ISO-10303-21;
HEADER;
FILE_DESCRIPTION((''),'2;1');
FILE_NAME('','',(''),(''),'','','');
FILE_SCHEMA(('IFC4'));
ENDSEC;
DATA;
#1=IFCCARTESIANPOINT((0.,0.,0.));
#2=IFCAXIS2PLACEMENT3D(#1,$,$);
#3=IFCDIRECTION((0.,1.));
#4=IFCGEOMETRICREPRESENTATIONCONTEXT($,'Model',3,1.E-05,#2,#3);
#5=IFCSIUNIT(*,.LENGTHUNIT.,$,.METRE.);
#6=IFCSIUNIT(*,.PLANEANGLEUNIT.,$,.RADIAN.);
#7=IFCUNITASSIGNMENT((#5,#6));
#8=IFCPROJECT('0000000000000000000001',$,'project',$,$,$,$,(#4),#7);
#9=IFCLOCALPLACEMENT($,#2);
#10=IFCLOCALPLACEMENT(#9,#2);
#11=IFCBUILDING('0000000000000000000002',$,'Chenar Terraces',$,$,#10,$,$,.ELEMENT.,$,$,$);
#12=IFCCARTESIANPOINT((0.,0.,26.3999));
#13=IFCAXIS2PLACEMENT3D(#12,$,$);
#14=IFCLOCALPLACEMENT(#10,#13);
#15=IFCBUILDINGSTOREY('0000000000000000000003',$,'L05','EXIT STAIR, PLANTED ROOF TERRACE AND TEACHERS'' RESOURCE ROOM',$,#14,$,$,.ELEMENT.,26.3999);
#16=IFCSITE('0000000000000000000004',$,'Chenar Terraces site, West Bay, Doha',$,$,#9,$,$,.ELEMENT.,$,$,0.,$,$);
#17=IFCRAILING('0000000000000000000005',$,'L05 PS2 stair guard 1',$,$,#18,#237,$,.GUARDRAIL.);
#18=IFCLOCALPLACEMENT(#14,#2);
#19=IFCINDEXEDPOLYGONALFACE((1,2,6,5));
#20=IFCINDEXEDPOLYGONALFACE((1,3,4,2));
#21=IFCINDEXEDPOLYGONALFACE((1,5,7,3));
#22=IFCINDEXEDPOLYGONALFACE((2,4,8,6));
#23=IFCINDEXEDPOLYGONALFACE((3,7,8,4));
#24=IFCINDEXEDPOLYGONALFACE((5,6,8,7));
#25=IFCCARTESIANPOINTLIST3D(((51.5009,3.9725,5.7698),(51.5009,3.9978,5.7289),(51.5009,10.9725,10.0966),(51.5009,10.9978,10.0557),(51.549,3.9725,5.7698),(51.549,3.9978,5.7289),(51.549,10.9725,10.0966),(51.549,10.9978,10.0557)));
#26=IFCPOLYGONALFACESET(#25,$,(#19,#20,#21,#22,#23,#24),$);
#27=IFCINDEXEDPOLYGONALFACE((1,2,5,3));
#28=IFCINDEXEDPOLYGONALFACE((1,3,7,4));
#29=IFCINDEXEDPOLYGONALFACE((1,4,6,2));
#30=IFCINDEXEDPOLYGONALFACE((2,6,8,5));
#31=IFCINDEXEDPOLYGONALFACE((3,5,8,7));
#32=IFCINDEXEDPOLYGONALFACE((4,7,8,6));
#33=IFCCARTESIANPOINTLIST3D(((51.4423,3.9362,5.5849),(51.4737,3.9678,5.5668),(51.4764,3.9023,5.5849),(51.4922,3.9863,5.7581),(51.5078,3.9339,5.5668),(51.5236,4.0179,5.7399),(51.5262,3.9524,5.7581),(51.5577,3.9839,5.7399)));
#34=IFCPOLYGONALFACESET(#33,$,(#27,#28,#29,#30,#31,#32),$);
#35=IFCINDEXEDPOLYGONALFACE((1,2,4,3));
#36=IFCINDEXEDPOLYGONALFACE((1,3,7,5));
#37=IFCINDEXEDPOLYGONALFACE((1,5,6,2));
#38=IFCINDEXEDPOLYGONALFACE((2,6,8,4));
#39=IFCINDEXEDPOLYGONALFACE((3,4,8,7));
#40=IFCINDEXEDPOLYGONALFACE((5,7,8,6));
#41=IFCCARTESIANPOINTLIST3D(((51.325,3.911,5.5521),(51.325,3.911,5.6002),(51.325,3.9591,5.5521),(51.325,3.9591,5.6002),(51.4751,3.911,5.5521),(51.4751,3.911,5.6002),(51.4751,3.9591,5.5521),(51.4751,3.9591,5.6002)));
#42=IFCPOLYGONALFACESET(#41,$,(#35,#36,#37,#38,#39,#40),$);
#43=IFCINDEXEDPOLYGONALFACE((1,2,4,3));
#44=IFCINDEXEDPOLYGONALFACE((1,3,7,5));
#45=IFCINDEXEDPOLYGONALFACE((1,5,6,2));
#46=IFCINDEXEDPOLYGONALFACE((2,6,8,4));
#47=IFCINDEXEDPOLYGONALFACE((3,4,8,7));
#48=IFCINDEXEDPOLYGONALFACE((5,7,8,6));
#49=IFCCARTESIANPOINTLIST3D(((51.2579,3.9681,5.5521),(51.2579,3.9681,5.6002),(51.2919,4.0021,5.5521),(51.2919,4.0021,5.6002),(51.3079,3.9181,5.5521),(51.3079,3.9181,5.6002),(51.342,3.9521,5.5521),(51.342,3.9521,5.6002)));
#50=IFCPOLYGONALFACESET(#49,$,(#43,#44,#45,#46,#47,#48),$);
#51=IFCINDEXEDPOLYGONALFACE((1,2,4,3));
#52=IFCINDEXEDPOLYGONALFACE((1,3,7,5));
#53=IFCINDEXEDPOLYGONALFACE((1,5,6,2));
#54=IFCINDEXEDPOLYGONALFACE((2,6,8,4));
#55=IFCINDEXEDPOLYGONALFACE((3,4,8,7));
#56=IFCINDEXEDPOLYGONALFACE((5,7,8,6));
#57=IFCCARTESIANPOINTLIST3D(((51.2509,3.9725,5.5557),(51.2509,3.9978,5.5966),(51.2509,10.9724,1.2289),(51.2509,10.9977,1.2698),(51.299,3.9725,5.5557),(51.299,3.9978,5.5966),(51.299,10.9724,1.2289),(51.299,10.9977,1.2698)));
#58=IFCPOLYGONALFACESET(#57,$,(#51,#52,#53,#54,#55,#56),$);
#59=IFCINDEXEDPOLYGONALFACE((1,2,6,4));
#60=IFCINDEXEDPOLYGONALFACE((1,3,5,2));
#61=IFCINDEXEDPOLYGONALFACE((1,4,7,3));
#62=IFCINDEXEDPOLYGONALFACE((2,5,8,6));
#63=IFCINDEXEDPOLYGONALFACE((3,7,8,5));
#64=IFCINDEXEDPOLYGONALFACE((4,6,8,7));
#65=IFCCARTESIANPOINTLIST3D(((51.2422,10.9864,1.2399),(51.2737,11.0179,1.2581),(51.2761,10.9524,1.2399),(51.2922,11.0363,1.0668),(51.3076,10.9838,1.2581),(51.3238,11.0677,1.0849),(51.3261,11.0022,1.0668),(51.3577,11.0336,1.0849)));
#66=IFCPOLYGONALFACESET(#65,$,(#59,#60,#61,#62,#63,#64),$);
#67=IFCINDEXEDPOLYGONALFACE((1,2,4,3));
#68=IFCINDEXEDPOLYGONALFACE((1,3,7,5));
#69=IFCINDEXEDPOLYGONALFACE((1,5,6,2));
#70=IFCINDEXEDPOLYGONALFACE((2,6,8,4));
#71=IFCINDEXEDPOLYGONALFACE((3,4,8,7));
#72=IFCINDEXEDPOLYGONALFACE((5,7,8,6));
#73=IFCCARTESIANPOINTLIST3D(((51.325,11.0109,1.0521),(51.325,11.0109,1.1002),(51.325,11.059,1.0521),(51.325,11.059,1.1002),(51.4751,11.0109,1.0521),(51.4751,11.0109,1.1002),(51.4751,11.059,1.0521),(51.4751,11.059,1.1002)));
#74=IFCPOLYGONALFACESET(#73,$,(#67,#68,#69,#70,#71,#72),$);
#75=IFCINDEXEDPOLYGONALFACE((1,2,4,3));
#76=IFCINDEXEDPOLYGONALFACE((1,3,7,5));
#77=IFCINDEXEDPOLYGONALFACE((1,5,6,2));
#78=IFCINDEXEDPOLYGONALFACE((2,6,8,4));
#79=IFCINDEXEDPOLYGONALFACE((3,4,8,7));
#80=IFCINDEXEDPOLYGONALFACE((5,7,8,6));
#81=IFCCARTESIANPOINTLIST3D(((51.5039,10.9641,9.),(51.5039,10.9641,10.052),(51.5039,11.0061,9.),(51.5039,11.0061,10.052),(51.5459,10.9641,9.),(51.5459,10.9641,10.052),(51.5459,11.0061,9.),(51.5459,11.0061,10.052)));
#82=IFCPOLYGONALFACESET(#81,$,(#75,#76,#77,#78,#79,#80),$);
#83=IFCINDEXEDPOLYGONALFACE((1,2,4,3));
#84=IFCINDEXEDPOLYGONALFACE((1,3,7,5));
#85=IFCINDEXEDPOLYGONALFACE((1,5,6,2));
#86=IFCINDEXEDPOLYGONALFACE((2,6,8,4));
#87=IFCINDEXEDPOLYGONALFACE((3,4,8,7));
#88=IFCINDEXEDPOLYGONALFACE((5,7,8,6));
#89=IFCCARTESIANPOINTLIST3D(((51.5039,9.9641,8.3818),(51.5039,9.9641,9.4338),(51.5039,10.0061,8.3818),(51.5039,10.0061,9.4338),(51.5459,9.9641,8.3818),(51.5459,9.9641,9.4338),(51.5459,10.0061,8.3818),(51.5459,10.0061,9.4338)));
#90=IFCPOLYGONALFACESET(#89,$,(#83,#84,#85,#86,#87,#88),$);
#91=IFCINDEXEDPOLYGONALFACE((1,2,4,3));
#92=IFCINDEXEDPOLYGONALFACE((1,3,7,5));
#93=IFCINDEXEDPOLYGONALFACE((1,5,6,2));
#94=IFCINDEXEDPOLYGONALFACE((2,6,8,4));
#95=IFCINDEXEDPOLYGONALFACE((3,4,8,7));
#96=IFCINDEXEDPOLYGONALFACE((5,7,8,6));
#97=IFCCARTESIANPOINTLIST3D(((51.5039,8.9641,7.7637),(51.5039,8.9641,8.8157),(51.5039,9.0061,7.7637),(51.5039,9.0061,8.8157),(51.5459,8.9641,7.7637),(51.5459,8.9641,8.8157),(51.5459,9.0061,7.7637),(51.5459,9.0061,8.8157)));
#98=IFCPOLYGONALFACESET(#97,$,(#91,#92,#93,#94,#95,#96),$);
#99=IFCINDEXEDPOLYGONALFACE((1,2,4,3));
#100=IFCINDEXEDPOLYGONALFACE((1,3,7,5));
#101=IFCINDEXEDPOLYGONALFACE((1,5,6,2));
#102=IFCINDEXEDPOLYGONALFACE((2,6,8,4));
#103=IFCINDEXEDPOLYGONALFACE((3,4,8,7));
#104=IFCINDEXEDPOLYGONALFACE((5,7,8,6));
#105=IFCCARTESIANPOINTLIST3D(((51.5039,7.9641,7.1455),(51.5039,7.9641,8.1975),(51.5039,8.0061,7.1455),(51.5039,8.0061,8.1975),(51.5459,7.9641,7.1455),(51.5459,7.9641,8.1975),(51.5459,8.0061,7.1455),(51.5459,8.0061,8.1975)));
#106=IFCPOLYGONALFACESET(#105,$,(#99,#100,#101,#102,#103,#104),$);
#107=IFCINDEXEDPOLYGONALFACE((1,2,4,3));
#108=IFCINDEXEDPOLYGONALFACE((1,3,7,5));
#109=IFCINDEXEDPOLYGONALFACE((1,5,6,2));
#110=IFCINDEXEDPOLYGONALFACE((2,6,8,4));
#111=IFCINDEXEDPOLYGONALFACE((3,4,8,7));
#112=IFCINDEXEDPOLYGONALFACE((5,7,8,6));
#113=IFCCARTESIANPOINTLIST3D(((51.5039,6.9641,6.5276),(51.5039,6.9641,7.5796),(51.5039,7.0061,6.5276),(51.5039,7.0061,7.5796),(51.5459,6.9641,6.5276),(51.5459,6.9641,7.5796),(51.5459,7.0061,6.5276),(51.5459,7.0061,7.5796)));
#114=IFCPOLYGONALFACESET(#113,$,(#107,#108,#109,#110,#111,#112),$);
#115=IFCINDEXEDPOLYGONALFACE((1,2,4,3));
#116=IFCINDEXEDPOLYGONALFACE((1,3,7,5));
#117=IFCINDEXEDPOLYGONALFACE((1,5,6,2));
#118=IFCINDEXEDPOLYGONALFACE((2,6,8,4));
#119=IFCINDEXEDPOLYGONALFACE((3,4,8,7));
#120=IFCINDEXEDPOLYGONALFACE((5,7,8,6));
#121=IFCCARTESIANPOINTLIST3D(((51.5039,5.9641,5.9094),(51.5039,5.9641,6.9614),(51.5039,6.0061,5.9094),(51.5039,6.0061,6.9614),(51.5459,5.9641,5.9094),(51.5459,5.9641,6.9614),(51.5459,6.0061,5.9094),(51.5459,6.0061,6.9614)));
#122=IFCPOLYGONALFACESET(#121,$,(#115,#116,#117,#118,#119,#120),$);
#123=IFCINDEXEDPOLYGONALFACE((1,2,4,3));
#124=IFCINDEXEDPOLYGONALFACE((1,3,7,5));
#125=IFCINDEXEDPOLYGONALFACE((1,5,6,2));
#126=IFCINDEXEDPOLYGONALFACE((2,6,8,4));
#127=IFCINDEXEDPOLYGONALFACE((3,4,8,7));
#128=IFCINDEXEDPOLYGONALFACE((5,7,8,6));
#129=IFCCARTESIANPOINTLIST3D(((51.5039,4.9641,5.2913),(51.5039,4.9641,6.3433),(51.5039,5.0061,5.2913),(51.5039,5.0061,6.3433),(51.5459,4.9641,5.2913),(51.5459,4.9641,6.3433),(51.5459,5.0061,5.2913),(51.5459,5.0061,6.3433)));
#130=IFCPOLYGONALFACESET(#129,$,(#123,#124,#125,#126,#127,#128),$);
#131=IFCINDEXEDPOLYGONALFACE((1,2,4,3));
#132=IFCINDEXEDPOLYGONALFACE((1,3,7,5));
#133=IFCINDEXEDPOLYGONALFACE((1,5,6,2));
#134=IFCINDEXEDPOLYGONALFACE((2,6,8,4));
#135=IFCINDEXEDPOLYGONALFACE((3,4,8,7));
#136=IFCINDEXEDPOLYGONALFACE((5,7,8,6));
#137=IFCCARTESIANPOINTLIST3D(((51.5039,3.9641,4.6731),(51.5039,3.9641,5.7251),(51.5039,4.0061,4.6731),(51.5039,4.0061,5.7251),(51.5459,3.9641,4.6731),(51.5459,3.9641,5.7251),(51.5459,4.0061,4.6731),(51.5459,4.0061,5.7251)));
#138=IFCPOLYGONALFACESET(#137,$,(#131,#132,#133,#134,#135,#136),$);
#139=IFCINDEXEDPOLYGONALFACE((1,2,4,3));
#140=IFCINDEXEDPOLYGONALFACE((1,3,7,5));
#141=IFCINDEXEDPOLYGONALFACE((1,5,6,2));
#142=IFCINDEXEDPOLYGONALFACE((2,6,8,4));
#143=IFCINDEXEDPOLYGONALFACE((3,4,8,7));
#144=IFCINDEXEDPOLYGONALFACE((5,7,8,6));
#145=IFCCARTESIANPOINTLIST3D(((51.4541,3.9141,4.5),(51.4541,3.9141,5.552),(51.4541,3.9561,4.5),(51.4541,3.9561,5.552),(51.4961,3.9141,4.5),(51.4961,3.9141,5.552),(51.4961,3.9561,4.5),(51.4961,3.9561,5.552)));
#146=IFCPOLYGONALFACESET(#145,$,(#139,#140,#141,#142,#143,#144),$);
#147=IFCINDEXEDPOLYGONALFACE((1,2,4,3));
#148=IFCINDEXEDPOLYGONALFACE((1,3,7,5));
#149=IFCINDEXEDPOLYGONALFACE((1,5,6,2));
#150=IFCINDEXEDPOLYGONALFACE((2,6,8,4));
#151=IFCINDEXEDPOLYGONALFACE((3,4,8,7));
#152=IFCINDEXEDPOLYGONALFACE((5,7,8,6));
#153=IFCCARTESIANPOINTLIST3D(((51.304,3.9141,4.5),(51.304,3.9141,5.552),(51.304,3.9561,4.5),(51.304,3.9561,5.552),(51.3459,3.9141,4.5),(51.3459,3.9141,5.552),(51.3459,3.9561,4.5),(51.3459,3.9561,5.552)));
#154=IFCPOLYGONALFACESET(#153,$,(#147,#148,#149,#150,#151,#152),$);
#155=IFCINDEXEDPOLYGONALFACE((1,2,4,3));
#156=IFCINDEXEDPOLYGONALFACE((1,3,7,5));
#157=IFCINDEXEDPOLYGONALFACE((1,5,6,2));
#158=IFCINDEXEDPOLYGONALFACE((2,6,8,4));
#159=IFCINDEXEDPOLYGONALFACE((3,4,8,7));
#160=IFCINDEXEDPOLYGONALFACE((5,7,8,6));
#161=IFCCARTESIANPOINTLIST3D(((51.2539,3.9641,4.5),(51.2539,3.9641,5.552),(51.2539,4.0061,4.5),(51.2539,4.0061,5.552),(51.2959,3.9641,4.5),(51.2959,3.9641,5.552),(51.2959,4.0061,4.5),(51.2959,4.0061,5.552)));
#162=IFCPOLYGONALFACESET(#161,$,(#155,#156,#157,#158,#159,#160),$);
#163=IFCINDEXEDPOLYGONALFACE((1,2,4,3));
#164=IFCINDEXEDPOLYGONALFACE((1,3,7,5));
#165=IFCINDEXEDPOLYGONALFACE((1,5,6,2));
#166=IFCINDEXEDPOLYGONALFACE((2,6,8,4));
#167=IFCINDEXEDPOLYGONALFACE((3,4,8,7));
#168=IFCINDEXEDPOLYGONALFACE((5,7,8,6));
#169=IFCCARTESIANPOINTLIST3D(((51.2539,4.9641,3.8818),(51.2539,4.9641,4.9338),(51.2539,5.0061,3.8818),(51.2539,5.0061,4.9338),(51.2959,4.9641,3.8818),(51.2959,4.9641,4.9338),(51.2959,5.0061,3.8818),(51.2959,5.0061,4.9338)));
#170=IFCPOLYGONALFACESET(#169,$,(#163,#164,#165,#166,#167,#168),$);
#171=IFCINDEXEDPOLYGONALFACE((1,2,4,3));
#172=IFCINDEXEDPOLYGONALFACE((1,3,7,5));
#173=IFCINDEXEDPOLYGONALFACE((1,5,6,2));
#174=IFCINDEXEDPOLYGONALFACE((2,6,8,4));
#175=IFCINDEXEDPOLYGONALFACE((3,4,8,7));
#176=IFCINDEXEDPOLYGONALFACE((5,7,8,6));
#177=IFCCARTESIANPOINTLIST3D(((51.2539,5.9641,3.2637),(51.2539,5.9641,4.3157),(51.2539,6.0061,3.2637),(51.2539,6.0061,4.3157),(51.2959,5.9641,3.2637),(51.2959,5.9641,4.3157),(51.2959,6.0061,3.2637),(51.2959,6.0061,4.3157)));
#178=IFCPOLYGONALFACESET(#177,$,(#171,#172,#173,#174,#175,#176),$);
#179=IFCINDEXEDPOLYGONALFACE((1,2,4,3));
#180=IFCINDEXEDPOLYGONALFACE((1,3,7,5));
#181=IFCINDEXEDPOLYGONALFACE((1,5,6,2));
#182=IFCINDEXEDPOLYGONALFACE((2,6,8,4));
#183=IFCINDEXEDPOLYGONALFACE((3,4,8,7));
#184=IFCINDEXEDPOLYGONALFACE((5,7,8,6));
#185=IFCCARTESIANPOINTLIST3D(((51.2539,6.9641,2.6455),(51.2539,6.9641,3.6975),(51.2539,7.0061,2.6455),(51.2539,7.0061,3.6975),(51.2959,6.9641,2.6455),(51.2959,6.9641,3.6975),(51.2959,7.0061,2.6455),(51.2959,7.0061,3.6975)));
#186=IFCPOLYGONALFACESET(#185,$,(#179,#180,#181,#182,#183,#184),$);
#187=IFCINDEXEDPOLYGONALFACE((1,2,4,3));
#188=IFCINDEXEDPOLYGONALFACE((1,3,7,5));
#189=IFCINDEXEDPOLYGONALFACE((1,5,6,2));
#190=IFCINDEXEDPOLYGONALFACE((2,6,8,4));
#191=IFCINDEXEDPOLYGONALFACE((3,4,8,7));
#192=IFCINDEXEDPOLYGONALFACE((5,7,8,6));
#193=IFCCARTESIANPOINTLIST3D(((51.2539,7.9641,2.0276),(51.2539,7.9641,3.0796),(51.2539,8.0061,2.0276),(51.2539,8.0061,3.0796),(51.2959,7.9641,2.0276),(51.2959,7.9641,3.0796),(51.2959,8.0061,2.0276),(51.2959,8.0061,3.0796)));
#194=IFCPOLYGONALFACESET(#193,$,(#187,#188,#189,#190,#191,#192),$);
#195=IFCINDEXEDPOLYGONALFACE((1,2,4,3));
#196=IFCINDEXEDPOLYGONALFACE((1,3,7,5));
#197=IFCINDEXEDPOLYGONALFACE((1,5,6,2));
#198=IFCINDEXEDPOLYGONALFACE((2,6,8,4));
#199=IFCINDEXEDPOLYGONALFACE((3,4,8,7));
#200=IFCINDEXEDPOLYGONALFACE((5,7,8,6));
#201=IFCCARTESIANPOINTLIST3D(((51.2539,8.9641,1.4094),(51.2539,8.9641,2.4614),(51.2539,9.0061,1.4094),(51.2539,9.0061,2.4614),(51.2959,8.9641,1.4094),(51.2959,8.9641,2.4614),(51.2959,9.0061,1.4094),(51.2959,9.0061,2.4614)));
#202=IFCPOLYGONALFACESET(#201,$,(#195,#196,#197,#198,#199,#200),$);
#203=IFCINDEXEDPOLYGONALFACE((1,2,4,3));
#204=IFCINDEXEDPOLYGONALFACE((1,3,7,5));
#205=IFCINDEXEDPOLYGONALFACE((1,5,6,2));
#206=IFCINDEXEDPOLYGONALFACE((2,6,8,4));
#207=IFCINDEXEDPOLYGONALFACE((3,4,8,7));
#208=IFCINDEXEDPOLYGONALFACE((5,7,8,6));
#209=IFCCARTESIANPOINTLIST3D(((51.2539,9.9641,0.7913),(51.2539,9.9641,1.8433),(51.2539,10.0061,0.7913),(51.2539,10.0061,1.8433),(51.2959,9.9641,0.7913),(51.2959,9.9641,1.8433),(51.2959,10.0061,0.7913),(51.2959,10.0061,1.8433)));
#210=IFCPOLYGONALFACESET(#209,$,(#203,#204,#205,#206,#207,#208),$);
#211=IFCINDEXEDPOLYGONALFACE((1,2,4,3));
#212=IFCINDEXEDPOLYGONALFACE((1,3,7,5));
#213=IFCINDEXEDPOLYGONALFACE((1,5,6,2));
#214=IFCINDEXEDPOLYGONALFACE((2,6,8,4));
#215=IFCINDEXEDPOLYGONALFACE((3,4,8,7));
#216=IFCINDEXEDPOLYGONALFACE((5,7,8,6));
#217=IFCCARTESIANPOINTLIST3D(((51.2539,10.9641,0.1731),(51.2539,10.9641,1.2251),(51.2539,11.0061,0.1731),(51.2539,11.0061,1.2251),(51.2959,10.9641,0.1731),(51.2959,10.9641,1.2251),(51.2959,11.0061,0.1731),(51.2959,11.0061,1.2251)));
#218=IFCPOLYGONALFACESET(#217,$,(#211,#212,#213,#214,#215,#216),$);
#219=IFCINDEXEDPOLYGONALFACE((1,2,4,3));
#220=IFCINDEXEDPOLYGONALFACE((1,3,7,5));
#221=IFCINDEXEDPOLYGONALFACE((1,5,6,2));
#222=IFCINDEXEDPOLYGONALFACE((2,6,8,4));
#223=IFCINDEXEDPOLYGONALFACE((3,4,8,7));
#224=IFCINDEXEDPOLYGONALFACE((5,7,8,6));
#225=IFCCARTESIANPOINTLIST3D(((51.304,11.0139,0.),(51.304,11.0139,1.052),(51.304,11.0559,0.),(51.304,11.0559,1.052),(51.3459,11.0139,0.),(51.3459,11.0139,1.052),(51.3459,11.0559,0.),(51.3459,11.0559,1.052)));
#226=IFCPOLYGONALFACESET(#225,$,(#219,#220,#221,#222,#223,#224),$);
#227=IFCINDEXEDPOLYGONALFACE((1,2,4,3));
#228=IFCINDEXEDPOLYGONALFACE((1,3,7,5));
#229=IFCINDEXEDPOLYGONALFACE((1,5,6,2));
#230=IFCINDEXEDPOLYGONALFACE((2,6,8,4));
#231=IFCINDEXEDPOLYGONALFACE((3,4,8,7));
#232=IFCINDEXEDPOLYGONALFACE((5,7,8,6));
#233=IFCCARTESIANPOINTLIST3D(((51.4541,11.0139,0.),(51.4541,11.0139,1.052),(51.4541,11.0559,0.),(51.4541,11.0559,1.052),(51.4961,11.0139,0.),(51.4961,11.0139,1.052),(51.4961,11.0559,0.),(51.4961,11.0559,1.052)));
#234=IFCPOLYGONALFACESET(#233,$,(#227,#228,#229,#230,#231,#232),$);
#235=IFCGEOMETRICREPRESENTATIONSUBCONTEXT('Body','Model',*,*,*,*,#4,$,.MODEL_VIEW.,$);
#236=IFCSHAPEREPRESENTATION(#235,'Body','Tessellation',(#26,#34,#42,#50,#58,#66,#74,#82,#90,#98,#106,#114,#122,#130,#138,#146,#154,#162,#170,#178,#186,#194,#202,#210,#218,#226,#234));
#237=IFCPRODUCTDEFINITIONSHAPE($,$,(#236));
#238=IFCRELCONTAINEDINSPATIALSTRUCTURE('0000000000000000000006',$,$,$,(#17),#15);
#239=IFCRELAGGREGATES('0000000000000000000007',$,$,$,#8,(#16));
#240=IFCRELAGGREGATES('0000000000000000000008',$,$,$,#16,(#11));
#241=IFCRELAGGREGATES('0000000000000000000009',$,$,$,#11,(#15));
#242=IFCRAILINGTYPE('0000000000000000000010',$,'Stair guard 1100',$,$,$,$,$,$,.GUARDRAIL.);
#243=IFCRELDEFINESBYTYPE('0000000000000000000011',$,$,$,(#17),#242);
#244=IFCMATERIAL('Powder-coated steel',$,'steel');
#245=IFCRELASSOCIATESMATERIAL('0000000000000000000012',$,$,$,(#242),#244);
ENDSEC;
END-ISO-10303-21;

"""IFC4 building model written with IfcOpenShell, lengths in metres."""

from ifc_helpers import new_model, si_unit, direction, frame, origin, origin_2d, place, context, subcontext, project, spatial, rectangle, extrude, material, type_object, element, save


model = new_model("IFC4")

# Units and contexts
model_context = context("Model", 3, precision=1e-05, world=origin(), true_north=direction((0.0, 1.0)))
body_context = subcontext(model_context, "Body", "Model", "MODEL_VIEW")
ifc_project = project(units=[si_unit("LENGTHUNIT", "METRE"), si_unit("PLANEANGLEUNIT", "RADIAN")], contexts=[model_context])

# Site, building, storey
site_placement = place(None, origin())
site = spatial("IfcSite", under=ifc_project, at=site_placement, Name="Chenar Terraces site, West Bay, Doha", CompositionType="ELEMENT", RefElevation=0.0)
building_placement = place(site_placement, origin())
building = spatial("IfcBuilding", under=site, at=building_placement, Name="Chenar Terraces", CompositionType="ELEMENT")
storey_placement = place(building_placement, frame((0.0, 0.0, 26.3999)))
storey = spatial("IfcBuildingStorey", under=building, at=storey_placement, Name="L05", Description="EXIT STAIR, PLANTED ROOF TERRACE AND TEACHERS' RESOURCE ROOM", CompositionType="ELEMENT", Elevation=26.3999)

# Railing
ifc_material_1 = material(Name="Powder-coated steel", Category="steel")
railing_type_1 = type_object("IfcRailingType", Name="Stair guard 1100", PredefinedType="GUARDRAIL", material=ifc_material_1)
railing_1_placement = place(storey_placement, frame((51.5249, 10.9851, 9.0)))
element("IfcRailing", 1, at=railing_1_placement, inside=storey, type_object=railing_type_1, Name="L05 PS2 stair guard 1", PredefinedType="GUARDRAIL", context=body_context, shape_type="SweptSolid", body=[
    extrude(rectangle(XDim=0.0481, YDim=0.0481, at=origin_2d()), frame((0.0, 0.0, 1.0762), z_axis=(0.0, -0.850615, -0.52579), x_axis=(1.0, 0.0, 0.0)), (0.0, 0.0, 1.0), 8.2292),
    extrude(rectangle(XDim=0.0481, YDim=0.0481, at=origin_2d()), frame((0.0, -7.0, -3.251), z_axis=(-0.266417, -0.267723, -0.92593), x_axis=(0.708834, -0.705376, 0.0)), (0.0, 0.0, 1.0), 0.187),
    extrude(rectangle(XDim=0.0481, YDim=0.0481, at=origin_2d()), frame((-0.0498, -7.05, -3.4238), z_axis=(-1.0, 0.0, 0.0), x_axis=(0.0, -1.0, 0.0)), (0.0, 0.0, 1.0), 0.1501),
    extrude(rectangle(XDim=0.0481, YDim=0.0481, at=origin_2d()), frame((-0.2, -7.05, -3.4238), z_axis=(-0.707107, 0.707107, 0.0), x_axis=(-0.707107, -0.707107, 0.0)), (0.0, 0.0, 1.0), 0.0708),
    extrude(rectangle(XDim=0.0481, YDim=0.0481, at=origin_2d()), frame((-0.25, -7.0, -3.4238), z_axis=(0.0, 0.850615, -0.52579), x_axis=(-1.0, 0.0, 0.0)), (0.0, 0.0, 1.0), 8.2292),
    extrude(rectangle(XDim=0.0481, YDim=0.0481, at=origin_2d()), frame((-0.25, 0.0, -7.751), z_axis=(0.267723, 0.266417, -0.92593), x_axis=(-0.705376, 0.708834, 0.0)), (0.0, 0.0, 1.0), 0.187),
    extrude(rectangle(XDim=0.0481, YDim=0.0481, at=origin_2d()), frame((-0.2, 0.0498, -7.9238), z_axis=(1.0, 0.0, 0.0), x_axis=(0.0, 1.0, 0.0)), (0.0, 0.0, 1.0), 0.1501),
    extrude(rectangle(XDim=0.042, YDim=0.042, at=origin_2d()), origin(), (0.0, 0.0, 1.0), 1.052),
    extrude(rectangle(XDim=0.042, YDim=0.042, at=origin_2d()), frame((0.0, -1.0, -0.6182)), (0.0, 0.0, 1.0), 1.052),
    extrude(rectangle(XDim=0.042, YDim=0.042, at=origin_2d()), frame((0.0, -2.0, -1.2363)), (0.0, 0.0, 1.0), 1.052),
    extrude(rectangle(XDim=0.042, YDim=0.042, at=origin_2d()), frame((0.0, -3.0, -1.8545)), (0.0, 0.0, 1.0), 1.052),
    extrude(rectangle(XDim=0.042, YDim=0.042, at=origin_2d()), frame((0.0, -4.0, -2.4724)), (0.0, 0.0, 1.0), 1.052),
    extrude(rectangle(XDim=0.042, YDim=0.042, at=origin_2d()), frame((0.0, -5.0, -3.0906)), (0.0, 0.0, 1.0), 1.052),
    extrude(rectangle(XDim=0.042, YDim=0.042, at=origin_2d()), frame((0.0, -6.0, -3.7087)), (0.0, 0.0, 1.0), 1.052),
    extrude(rectangle(XDim=0.042, YDim=0.042, at=origin_2d()), frame((0.0, -7.0, -4.3269)), (0.0, 0.0, 1.0), 1.052),
    extrude(rectangle(XDim=0.042, YDim=0.042, at=origin_2d()), frame((-0.0498, -7.05, -4.5)), (0.0, 0.0, 1.0), 1.052),
    extrude(rectangle(XDim=0.042, YDim=0.042, at=origin_2d()), frame((-0.2, -7.05, -4.5)), (0.0, 0.0, 1.0), 1.052),
    extrude(rectangle(XDim=0.042, YDim=0.042, at=origin_2d()), frame((-0.25, -7.0, -4.5)), (0.0, 0.0, 1.0), 1.052),
    extrude(rectangle(XDim=0.042, YDim=0.042, at=origin_2d()), frame((-0.25, -6.0, -5.1182)), (0.0, 0.0, 1.0), 1.052),
    extrude(rectangle(XDim=0.042, YDim=0.042, at=origin_2d()), frame((-0.25, -5.0, -5.7363)), (0.0, 0.0, 1.0), 1.052),
    extrude(rectangle(XDim=0.042, YDim=0.042, at=origin_2d()), frame((-0.25, -4.0, -6.3545)), (0.0, 0.0, 1.0), 1.052),
    extrude(rectangle(XDim=0.042, YDim=0.042, at=origin_2d()), frame((-0.25, -3.0, -6.9724)), (0.0, 0.0, 1.0), 1.052),
    extrude(rectangle(XDim=0.042, YDim=0.042, at=origin_2d()), frame((-0.25, -2.0, -7.5906)), (0.0, 0.0, 1.0), 1.052),
    extrude(rectangle(XDim=0.042, YDim=0.042, at=origin_2d()), frame((-0.25, -1.0, -8.2087)), (0.0, 0.0, 1.0), 1.052),
    extrude(rectangle(XDim=0.042, YDim=0.042, at=origin_2d()), frame((-0.25, 0.0, -8.8269)), (0.0, 0.0, 1.0), 1.052),
    extrude(rectangle(XDim=0.042, YDim=0.042, at=origin_2d()), frame((-0.2, 0.0498, -9.0)), (0.0, 0.0, 1.0), 1.052),
    extrude(rectangle(XDim=0.042, YDim=0.042, at=origin_2d()), frame((-0.0498, 0.0498, -9.0)), (0.0, 0.0, 1.0), 1.052),
])

save(model, "model.ifc")
